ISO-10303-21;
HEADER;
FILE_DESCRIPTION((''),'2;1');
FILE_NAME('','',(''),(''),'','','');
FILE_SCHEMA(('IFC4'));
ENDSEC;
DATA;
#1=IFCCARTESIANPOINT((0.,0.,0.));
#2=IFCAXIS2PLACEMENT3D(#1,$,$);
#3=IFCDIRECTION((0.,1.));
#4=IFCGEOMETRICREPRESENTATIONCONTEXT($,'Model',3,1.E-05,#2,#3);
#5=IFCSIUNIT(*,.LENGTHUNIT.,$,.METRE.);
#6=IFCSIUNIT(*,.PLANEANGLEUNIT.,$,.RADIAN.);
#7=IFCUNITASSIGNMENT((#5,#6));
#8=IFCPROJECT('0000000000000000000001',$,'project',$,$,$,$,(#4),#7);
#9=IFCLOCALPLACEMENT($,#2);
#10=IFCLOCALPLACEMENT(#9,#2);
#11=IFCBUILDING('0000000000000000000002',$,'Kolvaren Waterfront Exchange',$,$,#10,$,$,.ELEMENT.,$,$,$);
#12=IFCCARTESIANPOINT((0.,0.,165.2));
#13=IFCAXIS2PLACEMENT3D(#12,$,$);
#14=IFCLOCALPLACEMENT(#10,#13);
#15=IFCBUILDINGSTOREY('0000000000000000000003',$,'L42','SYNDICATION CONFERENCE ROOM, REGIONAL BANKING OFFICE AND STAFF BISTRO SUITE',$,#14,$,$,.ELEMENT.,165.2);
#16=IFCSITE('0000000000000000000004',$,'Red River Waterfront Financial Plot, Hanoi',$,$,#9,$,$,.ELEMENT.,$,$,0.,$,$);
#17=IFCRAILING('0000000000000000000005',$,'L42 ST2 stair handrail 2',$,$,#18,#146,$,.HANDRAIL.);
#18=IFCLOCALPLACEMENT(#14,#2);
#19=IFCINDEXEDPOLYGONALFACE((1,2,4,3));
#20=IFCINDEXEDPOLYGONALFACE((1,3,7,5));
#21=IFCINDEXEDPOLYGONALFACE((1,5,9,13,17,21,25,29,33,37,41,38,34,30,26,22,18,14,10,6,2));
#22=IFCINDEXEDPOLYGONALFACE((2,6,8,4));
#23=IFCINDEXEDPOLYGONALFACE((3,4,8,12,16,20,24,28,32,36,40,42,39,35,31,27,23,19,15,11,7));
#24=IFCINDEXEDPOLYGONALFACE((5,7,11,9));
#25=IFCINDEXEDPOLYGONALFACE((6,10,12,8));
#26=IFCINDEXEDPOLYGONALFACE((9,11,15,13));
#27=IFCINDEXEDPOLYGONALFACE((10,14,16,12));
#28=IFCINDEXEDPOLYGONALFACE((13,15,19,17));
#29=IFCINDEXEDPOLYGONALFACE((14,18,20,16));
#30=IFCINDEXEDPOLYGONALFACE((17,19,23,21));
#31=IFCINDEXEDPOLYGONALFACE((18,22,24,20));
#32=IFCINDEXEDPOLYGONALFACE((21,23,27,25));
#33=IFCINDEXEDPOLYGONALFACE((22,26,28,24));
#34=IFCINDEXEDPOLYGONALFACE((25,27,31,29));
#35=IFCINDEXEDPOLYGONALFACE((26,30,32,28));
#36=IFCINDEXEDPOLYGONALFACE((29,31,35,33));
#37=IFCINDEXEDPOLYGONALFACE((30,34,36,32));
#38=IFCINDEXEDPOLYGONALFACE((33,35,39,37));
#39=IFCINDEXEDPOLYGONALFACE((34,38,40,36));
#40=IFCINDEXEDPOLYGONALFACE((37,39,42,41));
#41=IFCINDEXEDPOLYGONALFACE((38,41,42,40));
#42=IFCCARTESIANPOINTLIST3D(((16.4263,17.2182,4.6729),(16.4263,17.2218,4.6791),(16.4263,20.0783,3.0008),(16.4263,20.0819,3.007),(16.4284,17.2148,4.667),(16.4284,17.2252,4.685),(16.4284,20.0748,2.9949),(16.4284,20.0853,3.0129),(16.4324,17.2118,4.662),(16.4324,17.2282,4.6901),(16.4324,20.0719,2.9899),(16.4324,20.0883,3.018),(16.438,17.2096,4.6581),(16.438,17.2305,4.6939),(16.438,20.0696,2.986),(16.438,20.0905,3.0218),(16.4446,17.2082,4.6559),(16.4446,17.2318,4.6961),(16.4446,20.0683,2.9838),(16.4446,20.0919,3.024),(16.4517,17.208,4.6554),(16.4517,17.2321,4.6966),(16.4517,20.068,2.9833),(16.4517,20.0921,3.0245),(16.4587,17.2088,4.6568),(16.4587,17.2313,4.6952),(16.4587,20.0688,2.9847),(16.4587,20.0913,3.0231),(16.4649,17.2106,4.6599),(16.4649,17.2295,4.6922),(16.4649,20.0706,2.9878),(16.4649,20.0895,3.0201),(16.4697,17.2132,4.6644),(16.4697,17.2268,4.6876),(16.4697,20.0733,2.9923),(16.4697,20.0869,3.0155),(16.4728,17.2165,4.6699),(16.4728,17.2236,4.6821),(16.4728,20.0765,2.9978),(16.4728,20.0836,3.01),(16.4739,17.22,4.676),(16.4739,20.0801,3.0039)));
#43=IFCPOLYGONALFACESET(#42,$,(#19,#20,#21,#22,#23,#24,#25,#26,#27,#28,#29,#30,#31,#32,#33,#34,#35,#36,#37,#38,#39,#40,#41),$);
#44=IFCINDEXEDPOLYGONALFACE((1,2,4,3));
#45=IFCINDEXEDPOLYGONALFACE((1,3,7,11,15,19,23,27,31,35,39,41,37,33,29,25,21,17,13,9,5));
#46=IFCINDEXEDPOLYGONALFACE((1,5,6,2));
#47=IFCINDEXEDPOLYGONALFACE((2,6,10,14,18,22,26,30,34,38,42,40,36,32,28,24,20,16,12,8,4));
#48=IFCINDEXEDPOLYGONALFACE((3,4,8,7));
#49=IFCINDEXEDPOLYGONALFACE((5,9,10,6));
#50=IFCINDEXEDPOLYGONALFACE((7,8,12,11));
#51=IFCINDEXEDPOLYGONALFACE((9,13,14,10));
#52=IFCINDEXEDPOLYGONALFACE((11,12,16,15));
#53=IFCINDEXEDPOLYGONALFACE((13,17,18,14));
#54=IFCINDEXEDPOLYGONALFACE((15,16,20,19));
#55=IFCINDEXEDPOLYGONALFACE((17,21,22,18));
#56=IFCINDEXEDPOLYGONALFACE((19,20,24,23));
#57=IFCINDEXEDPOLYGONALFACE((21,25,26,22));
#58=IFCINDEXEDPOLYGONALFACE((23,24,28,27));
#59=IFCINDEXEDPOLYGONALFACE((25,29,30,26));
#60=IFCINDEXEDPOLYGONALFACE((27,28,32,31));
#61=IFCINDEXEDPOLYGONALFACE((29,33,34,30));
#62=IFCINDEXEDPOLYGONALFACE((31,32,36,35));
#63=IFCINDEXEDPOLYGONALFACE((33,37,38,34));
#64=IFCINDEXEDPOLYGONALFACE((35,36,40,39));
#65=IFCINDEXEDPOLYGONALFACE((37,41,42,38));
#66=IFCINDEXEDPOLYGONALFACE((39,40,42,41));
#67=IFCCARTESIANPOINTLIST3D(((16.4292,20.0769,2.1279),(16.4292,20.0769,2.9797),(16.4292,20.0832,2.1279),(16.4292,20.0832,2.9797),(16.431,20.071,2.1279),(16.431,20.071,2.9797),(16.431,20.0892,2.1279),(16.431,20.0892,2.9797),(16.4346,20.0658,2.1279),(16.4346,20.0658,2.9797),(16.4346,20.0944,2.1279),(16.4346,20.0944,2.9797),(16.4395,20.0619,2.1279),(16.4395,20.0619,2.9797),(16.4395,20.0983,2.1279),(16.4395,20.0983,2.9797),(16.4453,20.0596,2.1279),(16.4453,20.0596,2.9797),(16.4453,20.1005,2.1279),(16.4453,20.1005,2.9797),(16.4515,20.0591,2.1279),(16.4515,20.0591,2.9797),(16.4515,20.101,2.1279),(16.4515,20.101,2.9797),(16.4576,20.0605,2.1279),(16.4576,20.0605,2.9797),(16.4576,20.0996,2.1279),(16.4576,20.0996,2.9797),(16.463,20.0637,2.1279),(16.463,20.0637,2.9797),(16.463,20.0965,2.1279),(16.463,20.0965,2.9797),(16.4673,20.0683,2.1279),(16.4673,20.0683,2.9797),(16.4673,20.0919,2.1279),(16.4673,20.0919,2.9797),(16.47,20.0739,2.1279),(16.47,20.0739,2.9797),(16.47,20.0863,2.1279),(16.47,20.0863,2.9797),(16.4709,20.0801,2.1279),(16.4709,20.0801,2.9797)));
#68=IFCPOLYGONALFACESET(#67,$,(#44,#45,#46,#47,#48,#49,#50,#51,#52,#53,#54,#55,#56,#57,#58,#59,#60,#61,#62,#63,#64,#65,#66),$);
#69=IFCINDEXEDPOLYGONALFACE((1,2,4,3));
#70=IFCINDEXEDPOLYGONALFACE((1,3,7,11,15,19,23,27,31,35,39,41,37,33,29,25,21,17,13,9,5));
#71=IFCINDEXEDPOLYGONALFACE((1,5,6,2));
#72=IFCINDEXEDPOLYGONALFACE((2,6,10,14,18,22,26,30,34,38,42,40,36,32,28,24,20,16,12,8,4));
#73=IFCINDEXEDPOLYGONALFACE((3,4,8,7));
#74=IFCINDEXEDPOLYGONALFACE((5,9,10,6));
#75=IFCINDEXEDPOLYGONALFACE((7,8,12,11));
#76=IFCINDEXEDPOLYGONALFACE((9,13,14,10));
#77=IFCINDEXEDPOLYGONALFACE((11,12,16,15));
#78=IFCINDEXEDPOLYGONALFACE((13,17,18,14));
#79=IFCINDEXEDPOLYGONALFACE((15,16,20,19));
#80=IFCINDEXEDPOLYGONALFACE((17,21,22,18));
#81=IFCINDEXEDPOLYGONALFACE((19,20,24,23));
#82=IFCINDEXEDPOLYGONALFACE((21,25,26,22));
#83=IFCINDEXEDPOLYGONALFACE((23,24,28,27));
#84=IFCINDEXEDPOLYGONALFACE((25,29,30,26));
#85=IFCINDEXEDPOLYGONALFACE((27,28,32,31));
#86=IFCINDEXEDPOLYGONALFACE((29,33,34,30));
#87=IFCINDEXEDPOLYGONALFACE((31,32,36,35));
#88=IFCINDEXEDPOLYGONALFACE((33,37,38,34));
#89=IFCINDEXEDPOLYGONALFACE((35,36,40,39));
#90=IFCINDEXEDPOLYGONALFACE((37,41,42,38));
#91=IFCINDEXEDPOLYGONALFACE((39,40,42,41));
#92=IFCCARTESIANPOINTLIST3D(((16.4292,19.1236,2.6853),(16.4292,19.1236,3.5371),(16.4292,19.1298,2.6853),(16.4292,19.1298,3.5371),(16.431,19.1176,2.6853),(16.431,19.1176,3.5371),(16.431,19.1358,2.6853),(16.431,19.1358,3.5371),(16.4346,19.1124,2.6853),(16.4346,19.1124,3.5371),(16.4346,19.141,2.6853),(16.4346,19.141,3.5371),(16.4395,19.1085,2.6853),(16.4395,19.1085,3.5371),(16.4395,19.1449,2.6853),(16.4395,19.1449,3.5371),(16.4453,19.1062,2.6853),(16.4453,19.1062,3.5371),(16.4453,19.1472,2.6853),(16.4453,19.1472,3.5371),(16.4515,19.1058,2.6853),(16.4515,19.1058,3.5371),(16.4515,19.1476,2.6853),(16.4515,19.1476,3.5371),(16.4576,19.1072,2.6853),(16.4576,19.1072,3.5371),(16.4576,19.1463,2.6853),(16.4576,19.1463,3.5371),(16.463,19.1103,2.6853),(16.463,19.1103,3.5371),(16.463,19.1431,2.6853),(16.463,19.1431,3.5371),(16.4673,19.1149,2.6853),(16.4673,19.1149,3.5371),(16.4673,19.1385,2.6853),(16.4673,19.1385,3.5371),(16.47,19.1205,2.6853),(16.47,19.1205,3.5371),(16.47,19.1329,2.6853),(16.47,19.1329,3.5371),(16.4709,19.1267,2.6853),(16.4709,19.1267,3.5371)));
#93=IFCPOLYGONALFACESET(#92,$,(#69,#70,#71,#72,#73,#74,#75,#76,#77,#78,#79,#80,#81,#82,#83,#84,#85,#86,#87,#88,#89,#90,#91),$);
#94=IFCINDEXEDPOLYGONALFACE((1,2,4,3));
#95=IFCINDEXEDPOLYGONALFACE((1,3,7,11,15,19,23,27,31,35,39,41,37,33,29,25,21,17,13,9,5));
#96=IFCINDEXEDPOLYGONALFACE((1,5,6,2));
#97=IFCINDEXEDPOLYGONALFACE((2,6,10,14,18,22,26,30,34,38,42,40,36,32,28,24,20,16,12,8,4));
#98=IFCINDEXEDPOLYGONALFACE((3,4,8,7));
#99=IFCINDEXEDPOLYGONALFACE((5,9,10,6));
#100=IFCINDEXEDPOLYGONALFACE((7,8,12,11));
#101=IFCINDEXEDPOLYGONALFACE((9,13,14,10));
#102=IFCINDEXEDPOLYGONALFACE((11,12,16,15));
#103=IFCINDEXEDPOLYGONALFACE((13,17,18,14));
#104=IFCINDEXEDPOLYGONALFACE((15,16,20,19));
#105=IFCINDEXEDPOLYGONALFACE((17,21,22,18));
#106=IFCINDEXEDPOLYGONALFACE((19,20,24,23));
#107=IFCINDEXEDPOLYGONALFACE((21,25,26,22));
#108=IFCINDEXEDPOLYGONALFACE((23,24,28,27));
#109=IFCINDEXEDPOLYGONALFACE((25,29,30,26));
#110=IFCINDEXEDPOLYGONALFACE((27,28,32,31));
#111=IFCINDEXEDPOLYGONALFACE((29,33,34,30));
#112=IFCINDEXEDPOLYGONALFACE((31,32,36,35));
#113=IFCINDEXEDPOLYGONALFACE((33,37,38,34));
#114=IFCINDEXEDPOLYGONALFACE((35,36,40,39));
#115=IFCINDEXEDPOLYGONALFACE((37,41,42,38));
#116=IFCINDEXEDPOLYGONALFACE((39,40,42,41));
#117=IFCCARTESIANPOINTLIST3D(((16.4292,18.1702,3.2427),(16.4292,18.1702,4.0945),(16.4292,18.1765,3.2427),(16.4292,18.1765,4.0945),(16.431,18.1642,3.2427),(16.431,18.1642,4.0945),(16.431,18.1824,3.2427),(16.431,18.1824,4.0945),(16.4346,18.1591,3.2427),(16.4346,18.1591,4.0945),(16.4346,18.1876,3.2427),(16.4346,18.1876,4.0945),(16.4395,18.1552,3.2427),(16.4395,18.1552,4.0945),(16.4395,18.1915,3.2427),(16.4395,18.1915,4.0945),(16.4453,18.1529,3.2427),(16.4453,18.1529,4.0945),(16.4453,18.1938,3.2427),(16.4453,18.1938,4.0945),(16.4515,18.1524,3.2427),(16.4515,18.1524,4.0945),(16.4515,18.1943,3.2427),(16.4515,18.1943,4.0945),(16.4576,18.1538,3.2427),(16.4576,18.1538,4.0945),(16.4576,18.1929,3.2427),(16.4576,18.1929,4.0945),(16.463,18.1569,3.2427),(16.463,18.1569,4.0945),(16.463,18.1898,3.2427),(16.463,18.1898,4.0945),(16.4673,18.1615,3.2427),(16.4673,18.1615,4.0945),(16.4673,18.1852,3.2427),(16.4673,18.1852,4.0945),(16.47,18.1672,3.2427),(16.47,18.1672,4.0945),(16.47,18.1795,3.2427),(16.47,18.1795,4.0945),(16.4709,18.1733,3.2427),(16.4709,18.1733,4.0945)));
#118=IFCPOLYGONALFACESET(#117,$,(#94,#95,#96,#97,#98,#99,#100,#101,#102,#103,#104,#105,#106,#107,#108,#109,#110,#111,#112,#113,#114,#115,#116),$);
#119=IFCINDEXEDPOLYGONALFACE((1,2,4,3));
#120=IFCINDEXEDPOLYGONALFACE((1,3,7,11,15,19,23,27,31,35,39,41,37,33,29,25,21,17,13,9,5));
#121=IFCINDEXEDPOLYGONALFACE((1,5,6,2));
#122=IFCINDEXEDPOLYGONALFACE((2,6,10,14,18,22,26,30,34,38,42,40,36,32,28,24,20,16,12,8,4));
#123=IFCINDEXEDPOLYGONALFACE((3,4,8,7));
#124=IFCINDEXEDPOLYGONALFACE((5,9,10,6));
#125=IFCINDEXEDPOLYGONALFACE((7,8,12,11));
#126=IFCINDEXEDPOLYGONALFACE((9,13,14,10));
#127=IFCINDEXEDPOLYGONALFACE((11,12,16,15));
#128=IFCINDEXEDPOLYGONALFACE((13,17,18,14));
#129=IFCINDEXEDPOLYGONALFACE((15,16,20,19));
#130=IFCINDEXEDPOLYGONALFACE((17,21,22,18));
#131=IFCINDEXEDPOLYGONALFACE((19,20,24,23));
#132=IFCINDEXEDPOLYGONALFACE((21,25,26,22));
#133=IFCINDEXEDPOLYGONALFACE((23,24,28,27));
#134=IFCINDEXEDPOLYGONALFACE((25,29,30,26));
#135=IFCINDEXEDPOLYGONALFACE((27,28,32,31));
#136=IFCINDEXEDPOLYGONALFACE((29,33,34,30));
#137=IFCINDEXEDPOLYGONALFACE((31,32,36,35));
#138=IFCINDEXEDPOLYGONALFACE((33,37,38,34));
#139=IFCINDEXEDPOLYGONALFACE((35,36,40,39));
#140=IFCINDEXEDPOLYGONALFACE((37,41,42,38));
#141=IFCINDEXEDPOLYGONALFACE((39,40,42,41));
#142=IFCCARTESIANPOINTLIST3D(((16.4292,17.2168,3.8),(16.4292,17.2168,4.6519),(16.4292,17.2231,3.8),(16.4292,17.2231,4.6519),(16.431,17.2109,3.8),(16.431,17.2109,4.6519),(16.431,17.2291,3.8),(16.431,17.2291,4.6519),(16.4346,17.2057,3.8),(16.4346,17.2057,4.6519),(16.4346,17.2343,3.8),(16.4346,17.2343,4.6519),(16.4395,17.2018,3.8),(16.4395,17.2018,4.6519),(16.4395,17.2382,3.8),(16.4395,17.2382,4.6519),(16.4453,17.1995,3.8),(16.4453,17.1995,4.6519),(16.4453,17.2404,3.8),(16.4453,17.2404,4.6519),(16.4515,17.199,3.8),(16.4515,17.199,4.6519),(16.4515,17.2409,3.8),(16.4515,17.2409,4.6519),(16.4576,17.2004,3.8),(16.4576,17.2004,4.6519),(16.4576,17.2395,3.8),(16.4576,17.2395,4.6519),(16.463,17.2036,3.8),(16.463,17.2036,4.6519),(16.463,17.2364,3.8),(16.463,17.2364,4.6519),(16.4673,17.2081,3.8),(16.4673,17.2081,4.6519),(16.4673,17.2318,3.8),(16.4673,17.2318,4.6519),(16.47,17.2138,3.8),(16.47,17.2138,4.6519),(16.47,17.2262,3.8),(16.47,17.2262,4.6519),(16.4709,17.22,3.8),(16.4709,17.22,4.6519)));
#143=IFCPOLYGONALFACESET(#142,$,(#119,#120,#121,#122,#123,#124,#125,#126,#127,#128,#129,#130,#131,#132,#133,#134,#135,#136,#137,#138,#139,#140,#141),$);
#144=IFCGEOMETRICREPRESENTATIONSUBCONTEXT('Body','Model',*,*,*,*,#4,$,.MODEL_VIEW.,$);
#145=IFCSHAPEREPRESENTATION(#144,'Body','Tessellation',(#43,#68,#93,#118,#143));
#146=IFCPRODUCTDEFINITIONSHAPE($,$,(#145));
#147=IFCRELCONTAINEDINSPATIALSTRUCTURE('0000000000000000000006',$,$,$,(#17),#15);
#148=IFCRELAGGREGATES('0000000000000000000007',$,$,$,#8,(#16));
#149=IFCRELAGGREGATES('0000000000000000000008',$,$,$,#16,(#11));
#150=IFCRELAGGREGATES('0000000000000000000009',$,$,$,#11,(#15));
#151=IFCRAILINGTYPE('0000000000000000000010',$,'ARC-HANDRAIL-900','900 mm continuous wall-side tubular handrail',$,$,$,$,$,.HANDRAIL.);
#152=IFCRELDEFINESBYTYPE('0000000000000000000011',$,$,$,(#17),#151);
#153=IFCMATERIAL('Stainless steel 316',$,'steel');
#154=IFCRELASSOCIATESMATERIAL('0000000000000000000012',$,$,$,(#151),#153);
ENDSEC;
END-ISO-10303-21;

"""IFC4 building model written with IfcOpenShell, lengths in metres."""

from ifc_helpers import new_model, si_unit, direction, frame, origin, origin_2d, place, context, subcontext, project, spatial, circle, extrude, material, type_object, element, save


model = new_model("IFC4")

# Units and contexts
model_context = context("Model", 3, precision=1e-05, world=origin(), true_north=direction((0.0, 1.0)))
body_context = subcontext(model_context, "Body", "Model", "MODEL_VIEW")
ifc_project = project(units=[si_unit("LENGTHUNIT", "METRE"), si_unit("PLANEANGLEUNIT", "RADIAN")], contexts=[model_context])

# Site, building, storey
site_placement = place(None, origin())
site = spatial("IfcSite", under=ifc_project, at=site_placement, Name="Red River Waterfront Financial Plot, Hanoi", CompositionType="ELEMENT", RefElevation=0.0)
building_placement = place(site_placement, origin())
building = spatial("IfcBuilding", under=site, at=building_placement, Name="Kolvaren Waterfront Exchange", CompositionType="ELEMENT")
storey_placement = place(building_placement, frame((0.0, 0.0, 165.2)))
storey = spatial("IfcBuildingStorey", under=building, at=storey_placement, Name="L42", Description="SYNDICATION CONFERENCE ROOM, REGIONAL BANKING OFFICE AND STAFF BISTRO SUITE", CompositionType="ELEMENT", Elevation=165.2)

# Railing
ifc_material_1 = material(Name="Stainless steel 316", Category="steel")
railing_type_1 = type_object("IfcRailingType", Name="ARC-HANDRAIL-900", Description="900 mm continuous wall-side tubular handrail", PredefinedType="HANDRAIL", material=ifc_material_1)
railing_1_placement = place(storey_placement, frame((16.45, 20.0801, 2.1279)))
element("IfcRailing", 1, at=railing_1_placement, inside=storey, type_object=railing_type_1, Name="L42 ST2 stair handrail 2", PredefinedType="HANDRAIL", context=body_context, shape_type="SweptSolid", body=[
    extrude(circle(Radius=0.0239, at=origin_2d()), frame((0.0, 0.0, 0.876), z_axis=(0.0, -0.863289, 0.504709), x_axis=(1.0, 0.0, 0.0)), (0.0, 0.0, 1.0), 3.313),
    extrude(circle(Radius=0.021, at=origin_2d()), origin(), (0.0, 0.0, 1.0), 0.8518),
    extrude(circle(Radius=0.021, at=origin_2d()), frame((0.0, -0.9534, 0.5574)), (0.0, 0.0, 1.0), 0.8518),
    extrude(circle(Radius=0.021, at=origin_2d()), frame((0.0, -1.9067, 1.1147)), (0.0, 0.0, 1.0), 0.8518),
    extrude(circle(Radius=0.021, at=origin_2d()), frame((0.0, -2.8601, 1.6721)), (0.0, 0.0, 1.0), 0.8518),
])

save(model, "model.ifc")
